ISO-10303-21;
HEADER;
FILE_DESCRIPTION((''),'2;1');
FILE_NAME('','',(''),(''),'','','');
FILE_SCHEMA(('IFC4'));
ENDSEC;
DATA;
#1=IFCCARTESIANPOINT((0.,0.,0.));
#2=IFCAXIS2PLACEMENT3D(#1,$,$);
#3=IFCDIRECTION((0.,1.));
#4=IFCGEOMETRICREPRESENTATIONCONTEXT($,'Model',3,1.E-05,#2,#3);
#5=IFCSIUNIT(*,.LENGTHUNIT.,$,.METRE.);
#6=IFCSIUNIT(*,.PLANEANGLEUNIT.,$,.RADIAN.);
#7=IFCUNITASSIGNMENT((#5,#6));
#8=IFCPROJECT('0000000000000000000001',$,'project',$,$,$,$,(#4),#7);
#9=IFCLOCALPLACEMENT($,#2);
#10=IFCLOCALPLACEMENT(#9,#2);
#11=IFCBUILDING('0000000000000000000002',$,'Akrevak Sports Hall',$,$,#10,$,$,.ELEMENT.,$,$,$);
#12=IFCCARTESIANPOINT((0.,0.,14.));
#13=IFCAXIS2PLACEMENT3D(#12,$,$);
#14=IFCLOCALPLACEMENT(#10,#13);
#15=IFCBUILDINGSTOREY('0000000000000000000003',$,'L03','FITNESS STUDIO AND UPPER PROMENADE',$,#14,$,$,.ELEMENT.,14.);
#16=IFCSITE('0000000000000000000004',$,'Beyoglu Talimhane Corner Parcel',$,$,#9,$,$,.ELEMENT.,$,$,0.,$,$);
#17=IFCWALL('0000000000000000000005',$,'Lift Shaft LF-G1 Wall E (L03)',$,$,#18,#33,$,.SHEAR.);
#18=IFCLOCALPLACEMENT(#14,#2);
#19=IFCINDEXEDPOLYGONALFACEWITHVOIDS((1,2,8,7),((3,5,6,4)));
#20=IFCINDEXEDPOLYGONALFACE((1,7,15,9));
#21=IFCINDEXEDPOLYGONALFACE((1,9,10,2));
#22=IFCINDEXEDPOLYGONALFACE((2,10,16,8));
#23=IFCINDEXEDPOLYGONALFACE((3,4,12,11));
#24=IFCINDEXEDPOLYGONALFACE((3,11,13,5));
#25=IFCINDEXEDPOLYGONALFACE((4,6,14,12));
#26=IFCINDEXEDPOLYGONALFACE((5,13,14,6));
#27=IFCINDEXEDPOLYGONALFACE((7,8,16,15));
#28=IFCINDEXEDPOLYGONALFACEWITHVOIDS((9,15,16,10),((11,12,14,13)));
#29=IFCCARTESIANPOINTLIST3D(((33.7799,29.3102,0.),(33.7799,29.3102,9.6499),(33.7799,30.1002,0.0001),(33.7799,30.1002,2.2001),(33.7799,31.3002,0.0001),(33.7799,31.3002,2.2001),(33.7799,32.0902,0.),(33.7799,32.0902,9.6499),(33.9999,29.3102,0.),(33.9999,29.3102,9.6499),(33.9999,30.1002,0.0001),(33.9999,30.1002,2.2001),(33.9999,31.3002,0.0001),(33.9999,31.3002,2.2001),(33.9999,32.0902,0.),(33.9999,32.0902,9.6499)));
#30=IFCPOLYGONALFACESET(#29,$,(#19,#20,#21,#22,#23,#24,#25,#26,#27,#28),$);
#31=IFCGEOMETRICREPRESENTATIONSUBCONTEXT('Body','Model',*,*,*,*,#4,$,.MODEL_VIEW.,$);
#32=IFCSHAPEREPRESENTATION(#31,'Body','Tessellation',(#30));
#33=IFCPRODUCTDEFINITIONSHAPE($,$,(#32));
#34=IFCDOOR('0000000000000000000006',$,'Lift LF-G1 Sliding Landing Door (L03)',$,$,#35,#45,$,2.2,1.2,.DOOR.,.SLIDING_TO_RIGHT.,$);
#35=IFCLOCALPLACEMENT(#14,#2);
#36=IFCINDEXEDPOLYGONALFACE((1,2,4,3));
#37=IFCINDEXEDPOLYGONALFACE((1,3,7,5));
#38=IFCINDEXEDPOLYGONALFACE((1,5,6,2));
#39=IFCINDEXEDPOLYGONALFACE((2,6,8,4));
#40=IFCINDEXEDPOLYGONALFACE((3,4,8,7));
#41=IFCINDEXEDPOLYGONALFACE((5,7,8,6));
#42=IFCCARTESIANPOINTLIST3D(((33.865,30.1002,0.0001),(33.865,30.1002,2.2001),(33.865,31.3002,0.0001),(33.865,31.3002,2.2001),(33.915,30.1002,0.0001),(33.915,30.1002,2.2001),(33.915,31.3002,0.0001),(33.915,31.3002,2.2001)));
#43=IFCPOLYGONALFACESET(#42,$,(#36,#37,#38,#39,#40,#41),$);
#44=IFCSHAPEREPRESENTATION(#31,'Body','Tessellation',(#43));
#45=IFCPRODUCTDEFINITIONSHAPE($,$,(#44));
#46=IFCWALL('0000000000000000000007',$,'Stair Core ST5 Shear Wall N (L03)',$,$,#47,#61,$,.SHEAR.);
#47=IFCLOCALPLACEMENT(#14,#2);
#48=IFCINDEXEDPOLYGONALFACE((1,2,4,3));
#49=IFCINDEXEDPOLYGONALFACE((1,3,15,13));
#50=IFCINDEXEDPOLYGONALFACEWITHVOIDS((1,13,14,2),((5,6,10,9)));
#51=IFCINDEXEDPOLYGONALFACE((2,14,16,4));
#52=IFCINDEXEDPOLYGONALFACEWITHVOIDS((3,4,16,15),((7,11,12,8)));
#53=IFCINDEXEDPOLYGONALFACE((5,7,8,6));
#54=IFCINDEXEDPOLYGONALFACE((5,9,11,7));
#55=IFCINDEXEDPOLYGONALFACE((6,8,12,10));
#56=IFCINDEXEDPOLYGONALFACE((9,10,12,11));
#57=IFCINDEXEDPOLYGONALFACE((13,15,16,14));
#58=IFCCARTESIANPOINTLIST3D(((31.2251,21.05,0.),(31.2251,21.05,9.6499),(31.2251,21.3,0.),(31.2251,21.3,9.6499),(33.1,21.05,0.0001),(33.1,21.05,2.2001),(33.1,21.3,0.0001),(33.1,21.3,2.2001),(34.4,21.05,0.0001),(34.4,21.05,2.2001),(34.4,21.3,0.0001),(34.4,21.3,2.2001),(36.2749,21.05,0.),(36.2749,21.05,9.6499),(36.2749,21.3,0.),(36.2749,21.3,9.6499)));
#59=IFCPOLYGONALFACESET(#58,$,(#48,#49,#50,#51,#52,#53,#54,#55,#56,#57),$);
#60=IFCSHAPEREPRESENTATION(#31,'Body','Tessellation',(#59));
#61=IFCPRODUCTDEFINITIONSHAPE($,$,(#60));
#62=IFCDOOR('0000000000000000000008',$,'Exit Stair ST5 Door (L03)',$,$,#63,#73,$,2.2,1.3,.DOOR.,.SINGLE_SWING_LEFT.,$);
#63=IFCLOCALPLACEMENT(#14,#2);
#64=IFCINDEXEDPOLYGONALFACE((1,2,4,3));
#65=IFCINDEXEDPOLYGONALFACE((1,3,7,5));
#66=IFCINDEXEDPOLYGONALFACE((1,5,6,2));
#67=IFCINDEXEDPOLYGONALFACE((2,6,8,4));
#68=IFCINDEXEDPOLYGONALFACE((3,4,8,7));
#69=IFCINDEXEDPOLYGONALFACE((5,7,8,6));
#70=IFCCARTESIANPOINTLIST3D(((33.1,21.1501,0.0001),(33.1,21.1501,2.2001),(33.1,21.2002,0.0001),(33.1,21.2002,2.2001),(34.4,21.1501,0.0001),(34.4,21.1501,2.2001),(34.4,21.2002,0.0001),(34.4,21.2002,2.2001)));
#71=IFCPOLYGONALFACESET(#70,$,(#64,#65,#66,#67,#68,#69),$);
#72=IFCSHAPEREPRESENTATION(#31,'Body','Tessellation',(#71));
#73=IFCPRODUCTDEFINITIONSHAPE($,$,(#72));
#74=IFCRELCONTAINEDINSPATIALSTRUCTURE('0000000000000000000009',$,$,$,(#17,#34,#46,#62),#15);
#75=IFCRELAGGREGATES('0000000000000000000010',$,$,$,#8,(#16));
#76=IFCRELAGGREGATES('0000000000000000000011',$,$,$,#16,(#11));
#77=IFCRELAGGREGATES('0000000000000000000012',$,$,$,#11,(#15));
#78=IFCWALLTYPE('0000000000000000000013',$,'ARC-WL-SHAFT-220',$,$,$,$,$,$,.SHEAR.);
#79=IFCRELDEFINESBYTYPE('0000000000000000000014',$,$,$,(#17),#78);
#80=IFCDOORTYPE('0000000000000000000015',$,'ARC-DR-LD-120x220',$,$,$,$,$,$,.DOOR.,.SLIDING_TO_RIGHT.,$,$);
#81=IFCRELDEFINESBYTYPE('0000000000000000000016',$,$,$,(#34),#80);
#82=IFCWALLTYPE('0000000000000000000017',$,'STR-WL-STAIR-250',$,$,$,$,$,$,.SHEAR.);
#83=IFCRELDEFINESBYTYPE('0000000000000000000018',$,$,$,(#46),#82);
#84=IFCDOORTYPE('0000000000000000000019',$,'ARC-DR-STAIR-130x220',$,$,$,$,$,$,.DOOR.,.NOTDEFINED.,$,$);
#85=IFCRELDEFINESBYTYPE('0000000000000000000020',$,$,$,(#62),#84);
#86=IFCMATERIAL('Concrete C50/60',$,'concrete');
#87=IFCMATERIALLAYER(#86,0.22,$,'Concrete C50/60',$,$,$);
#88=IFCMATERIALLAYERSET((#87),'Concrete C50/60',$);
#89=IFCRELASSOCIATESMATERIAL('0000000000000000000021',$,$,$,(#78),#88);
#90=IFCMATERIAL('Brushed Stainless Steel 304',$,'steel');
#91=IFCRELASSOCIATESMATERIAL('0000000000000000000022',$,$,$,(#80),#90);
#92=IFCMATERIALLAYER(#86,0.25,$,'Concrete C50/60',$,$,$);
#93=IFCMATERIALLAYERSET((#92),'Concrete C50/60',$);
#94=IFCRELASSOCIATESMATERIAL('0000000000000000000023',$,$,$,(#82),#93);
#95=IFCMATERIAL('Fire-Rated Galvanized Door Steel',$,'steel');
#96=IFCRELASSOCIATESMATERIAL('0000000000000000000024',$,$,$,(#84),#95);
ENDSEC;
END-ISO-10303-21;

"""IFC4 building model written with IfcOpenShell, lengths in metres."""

from ifc_helpers import new_model, si_unit, direction, frame, frame_2d, origin, place, context, subcontext, project, spatial, rectangle, extrude, material, layer, layer_set, type_object, element, fill, save


model = new_model("IFC4")

# Units and contexts
model_context = context("Model", 3, precision=1e-05, world=origin(), true_north=direction((0.0, 1.0)))
body_context = subcontext(model_context, "Body", "Model", "MODEL_VIEW")
ifc_project = project(units=[si_unit("LENGTHUNIT", "METRE"), si_unit("PLANEANGLEUNIT", "RADIAN")], contexts=[model_context])

# Site, building, storey
site_placement = place(None, origin())
site = spatial("IfcSite", under=ifc_project, at=site_placement, Name="Beyoglu Talimhane Corner Parcel", CompositionType="ELEMENT", RefElevation=0.0)
building_placement = place(site_placement, origin())
building = spatial("IfcBuilding", under=site, at=building_placement, Name="Akrevak Sports Hall", CompositionType="ELEMENT")
storey_placement = place(building_placement, frame((0.0, 0.0, 14.0)))
storey = spatial("IfcBuildingStorey", under=building, at=storey_placement, Name="L03", Description="FITNESS STUDIO AND UPPER PROMENADE", CompositionType="ELEMENT", Elevation=14.0)

# Shared definitions
ifc_material_1 = material(Name="Concrete C50/60", Category="concrete")

# Shared definitions
ifc_layer_1 = layer(ifc_material_1, 0.22, Name="Concrete C50/60")
ifc_layer_set_1 = layer_set([ifc_layer_1], Name="Concrete C50/60")
wall_type_1 = type_object("IfcWallType", Name="ARC-WL-SHAFT-220", PredefinedType="SHEAR", material=ifc_layer_set_1)

# Walls, openings, doors
wall_1_placement = place(storey_placement, frame((33.8899, 29.3101, 0.0), z_axis=(0.0, 0.0, 1.0), x_axis=(0.0, 1.0, 0.0)))
wall_1 = element("IfcWall", 1, at=wall_1_placement, inside=storey, type_object=wall_type_1, Name="Lift Shaft LF-G1 Wall E (L03)", PredefinedType="SHEAR", context=body_context, shape_type="SweptSolid", body=[
    extrude(rectangle(XDim=2.78, YDim=0.22, at=frame_2d((1.3901, 0.0))), origin(), (0.0, 0.0, 1.0), 9.6499),
])
opening_1_placement = place(wall_1_placement, frame((0.79, 0.0, 0.0)))
opening_1 = element("IfcOpeningElement", 2, at=opening_1_placement, cuts=wall_1, PredefinedType="OPENING", context=body_context, shape_type="SweptSolid", body=[
    extrude(rectangle(XDim=1.2, YDim=2.2, at=frame_2d((0.6001, 1.1001))), frame((0.0, 0.1221, 0.0), z_axis=(0.0, -1.0, 0.0), x_axis=(1.0, 0.0, 0.0)), (0.0, 0.0, 1.0), 0.2439),
])
ifc_material_2 = material(Name="Brushed Stainless Steel 304", Category="steel")
door_type_1 = type_object("IfcDoorType", Name="ARC-DR-LD-120x220", OperationType="SLIDING_TO_RIGHT", PredefinedType="DOOR", material=ifc_material_2)
door_1_placement = place(opening_1_placement, origin())
door_1 = element("IfcDoor", 3, at=door_1_placement, inside=storey, type_object=door_type_1, Name="Lift LF-G1 Sliding Landing Door (L03)", OperationType="SLIDING_TO_RIGHT", OverallHeight=2.2, OverallWidth=1.2, PredefinedType="DOOR", context=body_context, shape_type="SweptSolid", body=[
    extrude(rectangle(XDim=1.2, YDim=2.2, at=frame_2d((0.6001, 1.1001))), frame((0.0, 0.0249, 0.0), z_axis=(0.0, -1.0, 0.0), x_axis=(1.0, 0.0, 0.0)), (0.0, 0.0, 1.0), 0.05),
])
fill(opening_1, door_1)
ifc_layer_2 = layer(ifc_material_1, 0.25, Name="Concrete C50/60")
ifc_layer_set_2 = layer_set([ifc_layer_2], Name="Concrete C50/60")
wall_type_2 = type_object("IfcWallType", Name="STR-WL-STAIR-250", PredefinedType="SHEAR", material=ifc_layer_set_2)
wall_2_placement = place(storey_placement, frame((36.2749, 21.175, 0.0), z_axis=(0.0, 0.0, 1.0), x_axis=(-1.0, 0.0, 0.0)))
wall_2 = element("IfcWall", 4, at=wall_2_placement, inside=storey, type_object=wall_type_2, Name="Stair Core ST5 Shear Wall N (L03)", PredefinedType="SHEAR", context=body_context, shape_type="SweptSolid", body=[
    extrude(rectangle(XDim=5.0498, YDim=0.25, at=frame_2d((2.5249, 0.0))), origin(), (0.0, 0.0, 1.0), 9.6499),
])
opening_2_placement = place(wall_2_placement, frame((1.875, 0.0, 0.0)))
opening_2 = element("IfcOpeningElement", 5, at=opening_2_placement, cuts=wall_2, PredefinedType="OPENING", context=body_context, shape_type="SweptSolid", body=[
    extrude(rectangle(XDim=1.3, YDim=2.2, at=frame_2d((0.6499, 1.1001))), frame((0.0, 0.137, 0.0), z_axis=(0.0, -1.0, 0.0), x_axis=(1.0, 0.0, 0.0)), (0.0, 0.0, 1.0), 0.2739),
])
ifc_material_3 = material(Name="Fire-Rated Galvanized Door Steel", Category="steel")
door_type_2 = type_object("IfcDoorType", Name="ARC-DR-STAIR-130x220", OperationType="NOTDEFINED", PredefinedType="DOOR", material=ifc_material_3)
door_2_placement = place(opening_2_placement, origin())
door_2 = element("IfcDoor", 6, at=door_2_placement, inside=storey, type_object=door_type_2, Name="Exit Stair ST5 Door (L03)", OperationType="SINGLE_SWING_LEFT", OverallHeight=2.2, OverallWidth=1.3, PredefinedType="DOOR", context=body_context, shape_type="SweptSolid", body=[
    extrude(rectangle(XDim=1.3, YDim=2.2, at=frame_2d((0.6499, 1.1001))), frame((0.0, 0.0249, 0.0), z_axis=(0.0, -1.0, 0.0), x_axis=(1.0, 0.0, 0.0)), (0.0, 0.0, 1.0), 0.05),
])
fill(opening_2, door_2)

save(model, "model.ifc")
